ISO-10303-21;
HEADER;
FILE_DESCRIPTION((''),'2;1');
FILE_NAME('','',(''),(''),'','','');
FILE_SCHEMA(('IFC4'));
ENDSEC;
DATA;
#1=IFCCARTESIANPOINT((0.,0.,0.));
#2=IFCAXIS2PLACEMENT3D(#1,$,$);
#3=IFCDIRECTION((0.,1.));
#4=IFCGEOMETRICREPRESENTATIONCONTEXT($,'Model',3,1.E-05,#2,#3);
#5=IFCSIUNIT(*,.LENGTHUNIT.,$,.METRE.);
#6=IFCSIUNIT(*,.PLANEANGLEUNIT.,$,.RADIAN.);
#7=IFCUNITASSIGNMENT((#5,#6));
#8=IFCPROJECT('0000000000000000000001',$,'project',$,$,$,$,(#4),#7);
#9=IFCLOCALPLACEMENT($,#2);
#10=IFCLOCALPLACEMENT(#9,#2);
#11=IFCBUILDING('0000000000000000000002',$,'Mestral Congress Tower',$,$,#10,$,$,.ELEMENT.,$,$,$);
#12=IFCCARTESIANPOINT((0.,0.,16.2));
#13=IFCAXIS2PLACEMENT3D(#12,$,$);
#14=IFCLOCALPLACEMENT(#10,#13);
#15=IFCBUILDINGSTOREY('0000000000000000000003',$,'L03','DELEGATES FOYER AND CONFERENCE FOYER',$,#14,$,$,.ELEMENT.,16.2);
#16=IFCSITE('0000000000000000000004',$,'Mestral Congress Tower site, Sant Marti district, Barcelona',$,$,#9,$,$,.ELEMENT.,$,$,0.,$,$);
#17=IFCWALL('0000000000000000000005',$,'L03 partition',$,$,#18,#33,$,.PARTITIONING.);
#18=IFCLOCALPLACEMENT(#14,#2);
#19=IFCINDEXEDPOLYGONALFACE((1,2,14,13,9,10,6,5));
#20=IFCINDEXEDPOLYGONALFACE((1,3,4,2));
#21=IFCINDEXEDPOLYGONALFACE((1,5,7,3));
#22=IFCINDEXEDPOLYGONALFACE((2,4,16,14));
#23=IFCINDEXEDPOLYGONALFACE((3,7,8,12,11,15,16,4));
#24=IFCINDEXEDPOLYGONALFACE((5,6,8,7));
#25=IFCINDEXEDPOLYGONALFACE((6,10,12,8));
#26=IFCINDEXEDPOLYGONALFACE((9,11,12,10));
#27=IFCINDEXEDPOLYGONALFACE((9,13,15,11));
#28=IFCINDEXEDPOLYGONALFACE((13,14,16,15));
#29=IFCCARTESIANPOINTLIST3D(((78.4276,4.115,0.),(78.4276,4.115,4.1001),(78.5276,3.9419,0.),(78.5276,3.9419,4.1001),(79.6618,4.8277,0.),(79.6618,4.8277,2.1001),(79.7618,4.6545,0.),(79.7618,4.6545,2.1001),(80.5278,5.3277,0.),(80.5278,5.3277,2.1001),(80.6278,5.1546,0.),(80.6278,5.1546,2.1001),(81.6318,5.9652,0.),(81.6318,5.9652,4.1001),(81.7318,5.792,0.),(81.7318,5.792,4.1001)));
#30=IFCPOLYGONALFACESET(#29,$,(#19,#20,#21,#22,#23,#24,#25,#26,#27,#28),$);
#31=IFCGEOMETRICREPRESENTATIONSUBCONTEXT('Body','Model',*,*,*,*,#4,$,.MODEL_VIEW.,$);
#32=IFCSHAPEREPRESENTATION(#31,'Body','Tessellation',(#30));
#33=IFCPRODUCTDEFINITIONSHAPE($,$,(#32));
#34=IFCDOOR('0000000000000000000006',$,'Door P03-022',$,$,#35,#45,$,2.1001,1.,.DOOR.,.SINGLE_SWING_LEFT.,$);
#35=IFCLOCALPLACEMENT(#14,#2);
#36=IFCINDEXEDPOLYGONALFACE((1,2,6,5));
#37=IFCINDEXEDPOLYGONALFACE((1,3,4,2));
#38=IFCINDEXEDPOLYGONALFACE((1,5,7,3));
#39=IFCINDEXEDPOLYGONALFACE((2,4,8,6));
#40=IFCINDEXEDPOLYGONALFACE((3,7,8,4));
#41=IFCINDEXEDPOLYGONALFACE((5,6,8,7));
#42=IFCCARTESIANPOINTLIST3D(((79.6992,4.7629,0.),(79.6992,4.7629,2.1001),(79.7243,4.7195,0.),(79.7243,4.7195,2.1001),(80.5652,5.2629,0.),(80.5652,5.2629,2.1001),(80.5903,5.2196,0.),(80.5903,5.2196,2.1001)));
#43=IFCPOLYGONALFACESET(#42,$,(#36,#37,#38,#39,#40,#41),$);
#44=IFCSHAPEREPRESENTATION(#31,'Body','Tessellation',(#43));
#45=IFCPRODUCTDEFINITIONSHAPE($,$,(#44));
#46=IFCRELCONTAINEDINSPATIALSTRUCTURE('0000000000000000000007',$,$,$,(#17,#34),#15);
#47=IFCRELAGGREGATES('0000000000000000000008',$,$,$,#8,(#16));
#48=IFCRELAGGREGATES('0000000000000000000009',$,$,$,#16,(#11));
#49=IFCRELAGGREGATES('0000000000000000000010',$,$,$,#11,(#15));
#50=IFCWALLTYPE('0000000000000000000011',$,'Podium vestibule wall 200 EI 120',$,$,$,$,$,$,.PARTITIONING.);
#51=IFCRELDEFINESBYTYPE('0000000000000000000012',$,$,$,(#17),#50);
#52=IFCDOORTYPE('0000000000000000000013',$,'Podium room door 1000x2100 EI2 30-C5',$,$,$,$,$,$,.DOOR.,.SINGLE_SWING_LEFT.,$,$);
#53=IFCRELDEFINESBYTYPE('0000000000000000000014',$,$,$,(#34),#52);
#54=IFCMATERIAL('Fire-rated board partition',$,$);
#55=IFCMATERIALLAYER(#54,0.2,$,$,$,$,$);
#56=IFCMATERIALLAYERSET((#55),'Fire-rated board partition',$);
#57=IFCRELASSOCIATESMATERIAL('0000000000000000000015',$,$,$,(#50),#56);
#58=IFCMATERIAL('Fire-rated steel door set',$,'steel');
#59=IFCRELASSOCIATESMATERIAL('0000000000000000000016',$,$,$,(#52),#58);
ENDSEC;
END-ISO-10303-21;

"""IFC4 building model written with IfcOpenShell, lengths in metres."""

from ifc_helpers import new_model, si_unit, direction, frame, frame_2d, origin, place, context, subcontext, project, spatial, rectangle, extrude, material, layer, layer_set, type_object, element, fill, save


model = new_model("IFC4")

# Units and contexts
model_context = context("Model", 3, precision=1e-05, world=origin(), true_north=direction((0.0, 1.0)))
body_context = subcontext(model_context, "Body", "Model", "MODEL_VIEW")
ifc_project = project(units=[si_unit("LENGTHUNIT", "METRE"), si_unit("PLANEANGLEUNIT", "RADIAN")], contexts=[model_context])

# Site, building, storey
site_placement = place(None, origin())
site = spatial("IfcSite", under=ifc_project, at=site_placement, Name="Mestral Congress Tower site, Sant Marti district, Barcelona", CompositionType="ELEMENT", RefElevation=0.0)
building_placement = place(site_placement, origin())
building = spatial("IfcBuilding", under=site, at=building_placement, Name="Mestral Congress Tower", CompositionType="ELEMENT")
storey_placement = place(building_placement, frame((0.0, 0.0, 16.2)))
storey = spatial("IfcBuildingStorey", under=building, at=storey_placement, Name="L03", Description="DELEGATES FOYER AND CONFERENCE FOYER", CompositionType="ELEMENT", Elevation=16.2)

# Wall, opening, door
ifc_material_1 = material(Name="Fire-rated steel door set", Category="steel")
ifc_material_2 = material(Name="Fire-rated board partition")
ifc_layer_1 = layer(ifc_material_2, 0.2)
ifc_layer_set_1 = layer_set([ifc_layer_1], Name="Fire-rated board partition")
wall_type_1 = type_object("IfcWallType", Name="Podium vestibule wall 200 EI 120", PredefinedType="PARTITIONING", material=ifc_layer_set_1)
wall_1_placement = place(storey_placement, frame((81.6819, 5.8787, 0.0), z_axis=(0.0, 0.0, 1.0), x_axis=(-0.866001, -0.500042, 0.0)))
wall_1 = element("IfcWall", 1, at=wall_1_placement, inside=storey, type_object=wall_type_1, Name="L03 partition", PredefinedType="PARTITIONING", context=body_context, shape_type="SweptSolid", body=[
    extrude(rectangle(XDim=3.7, YDim=0.2, at=frame_2d((1.8501, 0.0))), origin(), (0.0, 0.0, 1.0), 4.1001),
])
opening_1_placement = place(wall_1_placement, frame((1.2749, 0.0, 0.0)))
opening_1 = element("IfcOpeningElement", 2, at=opening_1_placement, cuts=wall_1, PredefinedType="OPENING", context=body_context, shape_type="SweptSolid", body=[
    extrude(rectangle(XDim=1.0, YDim=2.1001, at=frame_2d((0.5, 1.05))), frame((0.0, 0.1099, 0.0), z_axis=(0.0, -1.0, 0.0), x_axis=(1.0, 0.0, 0.0)), (0.0, 0.0, 1.0), 0.22),
])
door_type_1 = type_object("IfcDoorType", Name="Podium room door 1000x2100 EI2 30-C5", OperationType="SINGLE_SWING_LEFT", PredefinedType="DOOR", material=ifc_material_1)
door_1_placement = place(opening_1_placement, origin())
door_1 = element("IfcDoor", 3, at=door_1_placement, inside=storey, type_object=door_type_1, Name="Door P03-022", OperationType="SINGLE_SWING_LEFT", OverallHeight=2.1001, OverallWidth=1.0, PredefinedType="DOOR", context=body_context, shape_type="SweptSolid", body=[
    extrude(rectangle(XDim=1.0, YDim=2.1001, at=frame_2d((0.5, 1.05))), frame((0.0, 0.0249, 0.0), z_axis=(0.0, -1.0, 0.0), x_axis=(1.0, 0.0, 0.0)), (0.0, 0.0, 1.0), 0.05),
])
fill(opening_1, door_1)

save(model, "model.ifc")
